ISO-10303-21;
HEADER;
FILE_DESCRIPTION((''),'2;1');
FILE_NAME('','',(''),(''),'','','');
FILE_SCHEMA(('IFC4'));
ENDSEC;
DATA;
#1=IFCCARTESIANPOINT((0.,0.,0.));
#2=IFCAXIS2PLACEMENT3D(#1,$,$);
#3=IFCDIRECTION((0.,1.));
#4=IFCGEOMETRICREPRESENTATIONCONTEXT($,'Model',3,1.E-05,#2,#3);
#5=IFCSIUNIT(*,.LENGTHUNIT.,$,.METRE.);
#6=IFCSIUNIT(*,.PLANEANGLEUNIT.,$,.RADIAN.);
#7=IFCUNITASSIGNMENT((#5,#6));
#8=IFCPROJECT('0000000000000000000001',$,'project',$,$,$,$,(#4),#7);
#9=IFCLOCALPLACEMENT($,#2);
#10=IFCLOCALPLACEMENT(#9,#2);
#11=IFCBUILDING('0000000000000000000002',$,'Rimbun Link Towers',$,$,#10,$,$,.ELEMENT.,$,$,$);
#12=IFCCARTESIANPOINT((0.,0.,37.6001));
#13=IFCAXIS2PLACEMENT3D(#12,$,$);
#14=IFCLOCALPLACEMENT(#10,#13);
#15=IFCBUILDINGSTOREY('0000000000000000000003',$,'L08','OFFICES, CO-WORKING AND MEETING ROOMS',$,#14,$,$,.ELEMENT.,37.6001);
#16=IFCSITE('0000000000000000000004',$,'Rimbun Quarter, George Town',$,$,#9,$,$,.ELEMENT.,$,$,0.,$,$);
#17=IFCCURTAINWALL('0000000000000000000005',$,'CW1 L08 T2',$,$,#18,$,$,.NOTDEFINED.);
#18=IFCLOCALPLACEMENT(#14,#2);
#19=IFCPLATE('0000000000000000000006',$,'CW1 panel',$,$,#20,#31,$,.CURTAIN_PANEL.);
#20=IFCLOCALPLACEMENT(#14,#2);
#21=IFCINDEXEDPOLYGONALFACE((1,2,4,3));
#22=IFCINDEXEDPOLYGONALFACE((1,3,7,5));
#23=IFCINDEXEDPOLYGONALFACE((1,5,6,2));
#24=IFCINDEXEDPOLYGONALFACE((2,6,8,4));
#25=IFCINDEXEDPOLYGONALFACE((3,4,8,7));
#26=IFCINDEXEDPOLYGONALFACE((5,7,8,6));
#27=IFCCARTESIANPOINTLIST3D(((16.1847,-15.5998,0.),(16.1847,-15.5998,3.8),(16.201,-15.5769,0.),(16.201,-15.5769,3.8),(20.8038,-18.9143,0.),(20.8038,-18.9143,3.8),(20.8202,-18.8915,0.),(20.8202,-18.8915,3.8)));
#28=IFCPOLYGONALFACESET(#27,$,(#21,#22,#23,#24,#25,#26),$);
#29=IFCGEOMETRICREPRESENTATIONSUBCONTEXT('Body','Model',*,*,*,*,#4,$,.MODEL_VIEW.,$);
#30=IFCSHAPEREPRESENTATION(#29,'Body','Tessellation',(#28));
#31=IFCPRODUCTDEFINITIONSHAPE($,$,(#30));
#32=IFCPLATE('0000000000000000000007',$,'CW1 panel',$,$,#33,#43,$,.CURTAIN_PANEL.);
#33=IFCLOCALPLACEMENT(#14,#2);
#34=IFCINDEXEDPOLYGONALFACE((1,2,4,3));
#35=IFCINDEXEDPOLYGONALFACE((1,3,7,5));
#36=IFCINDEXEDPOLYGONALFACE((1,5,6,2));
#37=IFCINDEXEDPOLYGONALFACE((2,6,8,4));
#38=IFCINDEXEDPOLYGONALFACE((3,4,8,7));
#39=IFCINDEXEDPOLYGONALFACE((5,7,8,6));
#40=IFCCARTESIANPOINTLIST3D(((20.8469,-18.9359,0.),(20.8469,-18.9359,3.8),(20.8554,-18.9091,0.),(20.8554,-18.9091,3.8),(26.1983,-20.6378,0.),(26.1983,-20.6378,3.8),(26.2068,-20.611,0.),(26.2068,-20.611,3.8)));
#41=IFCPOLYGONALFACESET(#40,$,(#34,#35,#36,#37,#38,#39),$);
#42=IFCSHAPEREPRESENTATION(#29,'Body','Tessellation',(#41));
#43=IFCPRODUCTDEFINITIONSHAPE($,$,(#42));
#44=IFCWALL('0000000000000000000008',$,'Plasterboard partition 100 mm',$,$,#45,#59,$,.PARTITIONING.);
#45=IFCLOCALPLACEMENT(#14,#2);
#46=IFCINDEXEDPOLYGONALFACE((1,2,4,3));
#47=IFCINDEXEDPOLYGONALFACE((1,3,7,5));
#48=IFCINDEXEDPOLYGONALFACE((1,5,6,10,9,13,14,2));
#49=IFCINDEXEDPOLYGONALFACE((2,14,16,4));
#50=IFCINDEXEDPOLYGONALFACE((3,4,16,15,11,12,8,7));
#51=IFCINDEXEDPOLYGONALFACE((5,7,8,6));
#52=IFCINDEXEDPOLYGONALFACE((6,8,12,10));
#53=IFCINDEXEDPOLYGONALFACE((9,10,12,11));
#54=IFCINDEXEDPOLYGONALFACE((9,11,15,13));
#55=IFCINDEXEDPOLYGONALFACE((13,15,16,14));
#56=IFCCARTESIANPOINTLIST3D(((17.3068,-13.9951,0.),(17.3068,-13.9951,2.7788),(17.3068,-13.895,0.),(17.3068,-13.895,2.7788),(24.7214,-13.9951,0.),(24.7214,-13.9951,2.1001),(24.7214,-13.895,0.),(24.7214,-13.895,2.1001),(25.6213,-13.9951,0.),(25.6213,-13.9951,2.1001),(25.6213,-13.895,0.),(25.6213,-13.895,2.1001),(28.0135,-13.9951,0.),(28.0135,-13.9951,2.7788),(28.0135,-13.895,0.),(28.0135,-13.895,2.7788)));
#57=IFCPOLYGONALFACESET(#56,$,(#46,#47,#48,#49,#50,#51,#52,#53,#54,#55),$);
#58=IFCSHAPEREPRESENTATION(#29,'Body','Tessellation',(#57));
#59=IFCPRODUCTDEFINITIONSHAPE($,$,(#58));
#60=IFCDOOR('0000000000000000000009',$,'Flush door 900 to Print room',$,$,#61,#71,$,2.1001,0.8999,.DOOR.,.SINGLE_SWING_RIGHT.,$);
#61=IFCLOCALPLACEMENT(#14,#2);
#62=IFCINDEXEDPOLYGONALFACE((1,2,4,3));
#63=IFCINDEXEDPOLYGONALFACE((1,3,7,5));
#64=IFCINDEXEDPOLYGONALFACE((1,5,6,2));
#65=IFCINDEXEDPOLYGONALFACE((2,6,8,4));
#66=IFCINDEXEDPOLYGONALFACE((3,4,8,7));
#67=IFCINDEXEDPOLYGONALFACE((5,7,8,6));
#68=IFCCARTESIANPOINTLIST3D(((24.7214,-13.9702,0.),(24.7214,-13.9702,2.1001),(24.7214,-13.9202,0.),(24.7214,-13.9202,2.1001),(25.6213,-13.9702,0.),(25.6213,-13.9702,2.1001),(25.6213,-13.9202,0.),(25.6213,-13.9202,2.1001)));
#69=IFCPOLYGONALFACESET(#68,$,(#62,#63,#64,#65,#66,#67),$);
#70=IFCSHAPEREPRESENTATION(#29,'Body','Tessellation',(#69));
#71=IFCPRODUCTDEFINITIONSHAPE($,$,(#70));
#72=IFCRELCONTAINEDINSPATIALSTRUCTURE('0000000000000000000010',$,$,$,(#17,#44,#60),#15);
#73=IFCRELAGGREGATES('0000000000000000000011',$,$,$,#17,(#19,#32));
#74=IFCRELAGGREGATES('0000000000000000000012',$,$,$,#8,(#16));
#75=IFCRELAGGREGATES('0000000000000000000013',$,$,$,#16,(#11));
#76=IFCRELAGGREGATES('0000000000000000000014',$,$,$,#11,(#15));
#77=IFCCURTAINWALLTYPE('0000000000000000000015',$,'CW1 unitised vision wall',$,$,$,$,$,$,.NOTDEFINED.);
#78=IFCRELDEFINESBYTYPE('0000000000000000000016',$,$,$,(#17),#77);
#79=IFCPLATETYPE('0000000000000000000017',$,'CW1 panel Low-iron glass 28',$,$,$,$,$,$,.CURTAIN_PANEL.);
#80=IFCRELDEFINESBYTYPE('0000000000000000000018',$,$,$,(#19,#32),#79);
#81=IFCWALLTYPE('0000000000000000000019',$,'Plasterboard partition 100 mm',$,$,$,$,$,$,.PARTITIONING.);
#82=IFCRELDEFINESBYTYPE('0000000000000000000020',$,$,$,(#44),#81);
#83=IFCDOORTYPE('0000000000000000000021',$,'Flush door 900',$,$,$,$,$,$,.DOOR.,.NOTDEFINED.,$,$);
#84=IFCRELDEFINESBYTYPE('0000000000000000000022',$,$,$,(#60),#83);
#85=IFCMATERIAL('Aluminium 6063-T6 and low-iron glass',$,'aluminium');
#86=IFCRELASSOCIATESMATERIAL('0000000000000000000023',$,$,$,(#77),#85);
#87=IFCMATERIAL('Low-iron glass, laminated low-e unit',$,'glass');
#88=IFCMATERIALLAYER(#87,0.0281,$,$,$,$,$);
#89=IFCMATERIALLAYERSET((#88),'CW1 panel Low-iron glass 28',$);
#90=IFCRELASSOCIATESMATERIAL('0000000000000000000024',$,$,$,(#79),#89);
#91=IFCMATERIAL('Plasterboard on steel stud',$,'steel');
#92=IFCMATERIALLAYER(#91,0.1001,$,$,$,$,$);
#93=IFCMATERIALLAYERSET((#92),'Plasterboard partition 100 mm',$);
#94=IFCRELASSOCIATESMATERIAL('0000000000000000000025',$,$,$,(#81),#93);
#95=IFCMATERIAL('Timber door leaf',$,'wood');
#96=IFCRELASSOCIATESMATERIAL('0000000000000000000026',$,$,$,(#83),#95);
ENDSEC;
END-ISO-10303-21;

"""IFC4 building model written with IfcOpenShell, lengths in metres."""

from ifc_helpers import new_model, si_unit, direction, frame, frame_2d, origin, origin_2d, place, context, subcontext, project, spatial, rectangle, extrude, material, layer, layer_set, type_object, element, fill, aggregate, save


model = new_model("IFC4")

# Units and contexts
model_context = context("Model", 3, precision=1e-05, world=origin(), true_north=direction((0.0, 1.0)))
body_context = subcontext(model_context, "Body", "Model", "MODEL_VIEW")
ifc_project = project(units=[si_unit("LENGTHUNIT", "METRE"), si_unit("PLANEANGLEUNIT", "RADIAN")], contexts=[model_context])

# Site, building, storey
site_placement = place(None, origin())
site = spatial("IfcSite", under=ifc_project, at=site_placement, Name="Rimbun Quarter, George Town", CompositionType="ELEMENT", RefElevation=0.0)
building_placement = place(site_placement, origin())
building = spatial("IfcBuilding", under=site, at=building_placement, Name="Rimbun Link Towers", CompositionType="ELEMENT")
storey_placement = place(building_placement, frame((0.0, 0.0, 37.6001)))
storey = spatial("IfcBuildingStorey", under=building, at=storey_placement, Name="L08", Description="OFFICES, CO-WORKING AND MEETING ROOMS", CompositionType="ELEMENT", Elevation=37.6001)

# Curtain wall
ifc_material_1 = material(Name="Aluminium 6063-T6 and low-iron glass", Category="aluminium")
curtain_wall_type = type_object("IfcCurtainWallType", Name="CW1 unitised vision wall", PredefinedType="NOTDEFINED", material=ifc_material_1)
curtain_wall_placement = place(storey_placement, origin())
curtain_wall = element("IfcCurtainWall", 1, at=curtain_wall_placement, inside=storey, type_object=curtain_wall_type, Name="CW1 L08 T2", PredefinedType="NOTDEFINED")

# Plates
ifc_material_2 = material(Name="Low-iron glass, laminated low-e unit", Category="glass")
ifc_layer_1 = layer(ifc_material_2, 0.0281)
ifc_layer_set_1 = layer_set([ifc_layer_1], Name="CW1 panel Low-iron glass 28")
plate_type = type_object("IfcPlateType", Name="CW1 panel Low-iron glass 28", PredefinedType="CURTAIN_PANEL", material=ifc_layer_set_1)
plate_1_placement = place(storey_placement, frame((18.5024, -17.2456, 0.0), z_axis=(0.0, 0.0, 1.0), x_axis=(-0.812474, 0.582998, 0.0)))
plate_1 = element("IfcPlate", 2, at=plate_1_placement, type_object=plate_type, Name="CW1 panel", PredefinedType="CURTAIN_PANEL", context=body_context, shape_type="SweptSolid", body=[
    extrude(rectangle(XDim=5.6853, YDim=0.0281, at=origin_2d()), origin(), (0.0, 0.0, 1.0), 3.8),
])
plate_2_placement = place(storey_placement, frame((23.5269, -19.7734, 0.0), z_axis=(0.0, 0.0, 1.0), x_axis=(-0.952967, 0.303074, 0.0)))
plate_2 = element("IfcPlate", 3, at=plate_2_placement, type_object=plate_type, Name="CW1 panel", PredefinedType="CURTAIN_PANEL", context=body_context, shape_type="SweptSolid", body=[
    extrude(rectangle(XDim=5.6155, YDim=0.0281, at=origin_2d()), origin(), (0.0, 0.0, 1.0), 3.8),
])
aggregate(curtain_wall, [plate_1, plate_2])

# Wall, opening, door
ifc_material_3 = material(Name="Plasterboard on steel stud", Category="steel")
ifc_layer_2 = layer(ifc_material_3, 0.1001)
ifc_layer_set_2 = layer_set([ifc_layer_2], Name="Plasterboard partition 100 mm")
wall_type = type_object("IfcWallType", Name="Plasterboard partition 100 mm", PredefinedType="PARTITIONING", material=ifc_layer_set_2)
wall_placement = place(storey_placement, frame((17.3066, -13.9451, 0.0), z_axis=(0.0, 0.0, 1.0), x_axis=(1.0, 0.0, 0.0)))
wall = element("IfcWall", 4, at=wall_placement, inside=storey, type_object=wall_type, Name="Plasterboard partition 100 mm", PredefinedType="PARTITIONING", context=body_context, shape_type="SweptSolid", body=[
    extrude(rectangle(XDim=10.7068, YDim=0.1001, at=frame_2d((5.3535, 0.0))), origin(), (0.0, 0.0, 1.0), 2.7788),
])
opening_placement = place(wall_placement, frame((7.4148, 0.0, 0.0)))
opening = element("IfcOpeningElement", 5, at=opening_placement, cuts=wall, PredefinedType="OPENING", context=body_context, shape_type="SweptSolid", body=[
    extrude(rectangle(XDim=0.8999, YDim=2.1001, at=frame_2d((0.45, 1.05))), frame((0.0, 0.0601, 0.0), z_axis=(0.0, -1.0, 0.0), x_axis=(1.0, 0.0, 0.0)), (0.0, 0.0, 1.0), 0.1201),
])
ifc_material_4 = material(Name="Timber door leaf", Category="wood")
door_type = type_object("IfcDoorType", Name="Flush door 900", OperationType="NOTDEFINED", PredefinedType="DOOR", material=ifc_material_4)
door_placement = place(opening_placement, origin())
door = element("IfcDoor", 6, at=door_placement, inside=storey, type_object=door_type, Name="Flush door 900 to Print room", OperationType="SINGLE_SWING_RIGHT", OverallHeight=2.1001, OverallWidth=0.8999, PredefinedType="DOOR", context=body_context, shape_type="SweptSolid", body=[
    extrude(rectangle(XDim=0.8999, YDim=2.1001, at=frame_2d((0.45, 1.05))), frame((0.0, 0.0249, 0.0), z_axis=(0.0, -1.0, 0.0), x_axis=(1.0, 0.0, 0.0)), (0.0, 0.0, 1.0), 0.05),
])
fill(opening, door)

save(model, "model.ifc")
